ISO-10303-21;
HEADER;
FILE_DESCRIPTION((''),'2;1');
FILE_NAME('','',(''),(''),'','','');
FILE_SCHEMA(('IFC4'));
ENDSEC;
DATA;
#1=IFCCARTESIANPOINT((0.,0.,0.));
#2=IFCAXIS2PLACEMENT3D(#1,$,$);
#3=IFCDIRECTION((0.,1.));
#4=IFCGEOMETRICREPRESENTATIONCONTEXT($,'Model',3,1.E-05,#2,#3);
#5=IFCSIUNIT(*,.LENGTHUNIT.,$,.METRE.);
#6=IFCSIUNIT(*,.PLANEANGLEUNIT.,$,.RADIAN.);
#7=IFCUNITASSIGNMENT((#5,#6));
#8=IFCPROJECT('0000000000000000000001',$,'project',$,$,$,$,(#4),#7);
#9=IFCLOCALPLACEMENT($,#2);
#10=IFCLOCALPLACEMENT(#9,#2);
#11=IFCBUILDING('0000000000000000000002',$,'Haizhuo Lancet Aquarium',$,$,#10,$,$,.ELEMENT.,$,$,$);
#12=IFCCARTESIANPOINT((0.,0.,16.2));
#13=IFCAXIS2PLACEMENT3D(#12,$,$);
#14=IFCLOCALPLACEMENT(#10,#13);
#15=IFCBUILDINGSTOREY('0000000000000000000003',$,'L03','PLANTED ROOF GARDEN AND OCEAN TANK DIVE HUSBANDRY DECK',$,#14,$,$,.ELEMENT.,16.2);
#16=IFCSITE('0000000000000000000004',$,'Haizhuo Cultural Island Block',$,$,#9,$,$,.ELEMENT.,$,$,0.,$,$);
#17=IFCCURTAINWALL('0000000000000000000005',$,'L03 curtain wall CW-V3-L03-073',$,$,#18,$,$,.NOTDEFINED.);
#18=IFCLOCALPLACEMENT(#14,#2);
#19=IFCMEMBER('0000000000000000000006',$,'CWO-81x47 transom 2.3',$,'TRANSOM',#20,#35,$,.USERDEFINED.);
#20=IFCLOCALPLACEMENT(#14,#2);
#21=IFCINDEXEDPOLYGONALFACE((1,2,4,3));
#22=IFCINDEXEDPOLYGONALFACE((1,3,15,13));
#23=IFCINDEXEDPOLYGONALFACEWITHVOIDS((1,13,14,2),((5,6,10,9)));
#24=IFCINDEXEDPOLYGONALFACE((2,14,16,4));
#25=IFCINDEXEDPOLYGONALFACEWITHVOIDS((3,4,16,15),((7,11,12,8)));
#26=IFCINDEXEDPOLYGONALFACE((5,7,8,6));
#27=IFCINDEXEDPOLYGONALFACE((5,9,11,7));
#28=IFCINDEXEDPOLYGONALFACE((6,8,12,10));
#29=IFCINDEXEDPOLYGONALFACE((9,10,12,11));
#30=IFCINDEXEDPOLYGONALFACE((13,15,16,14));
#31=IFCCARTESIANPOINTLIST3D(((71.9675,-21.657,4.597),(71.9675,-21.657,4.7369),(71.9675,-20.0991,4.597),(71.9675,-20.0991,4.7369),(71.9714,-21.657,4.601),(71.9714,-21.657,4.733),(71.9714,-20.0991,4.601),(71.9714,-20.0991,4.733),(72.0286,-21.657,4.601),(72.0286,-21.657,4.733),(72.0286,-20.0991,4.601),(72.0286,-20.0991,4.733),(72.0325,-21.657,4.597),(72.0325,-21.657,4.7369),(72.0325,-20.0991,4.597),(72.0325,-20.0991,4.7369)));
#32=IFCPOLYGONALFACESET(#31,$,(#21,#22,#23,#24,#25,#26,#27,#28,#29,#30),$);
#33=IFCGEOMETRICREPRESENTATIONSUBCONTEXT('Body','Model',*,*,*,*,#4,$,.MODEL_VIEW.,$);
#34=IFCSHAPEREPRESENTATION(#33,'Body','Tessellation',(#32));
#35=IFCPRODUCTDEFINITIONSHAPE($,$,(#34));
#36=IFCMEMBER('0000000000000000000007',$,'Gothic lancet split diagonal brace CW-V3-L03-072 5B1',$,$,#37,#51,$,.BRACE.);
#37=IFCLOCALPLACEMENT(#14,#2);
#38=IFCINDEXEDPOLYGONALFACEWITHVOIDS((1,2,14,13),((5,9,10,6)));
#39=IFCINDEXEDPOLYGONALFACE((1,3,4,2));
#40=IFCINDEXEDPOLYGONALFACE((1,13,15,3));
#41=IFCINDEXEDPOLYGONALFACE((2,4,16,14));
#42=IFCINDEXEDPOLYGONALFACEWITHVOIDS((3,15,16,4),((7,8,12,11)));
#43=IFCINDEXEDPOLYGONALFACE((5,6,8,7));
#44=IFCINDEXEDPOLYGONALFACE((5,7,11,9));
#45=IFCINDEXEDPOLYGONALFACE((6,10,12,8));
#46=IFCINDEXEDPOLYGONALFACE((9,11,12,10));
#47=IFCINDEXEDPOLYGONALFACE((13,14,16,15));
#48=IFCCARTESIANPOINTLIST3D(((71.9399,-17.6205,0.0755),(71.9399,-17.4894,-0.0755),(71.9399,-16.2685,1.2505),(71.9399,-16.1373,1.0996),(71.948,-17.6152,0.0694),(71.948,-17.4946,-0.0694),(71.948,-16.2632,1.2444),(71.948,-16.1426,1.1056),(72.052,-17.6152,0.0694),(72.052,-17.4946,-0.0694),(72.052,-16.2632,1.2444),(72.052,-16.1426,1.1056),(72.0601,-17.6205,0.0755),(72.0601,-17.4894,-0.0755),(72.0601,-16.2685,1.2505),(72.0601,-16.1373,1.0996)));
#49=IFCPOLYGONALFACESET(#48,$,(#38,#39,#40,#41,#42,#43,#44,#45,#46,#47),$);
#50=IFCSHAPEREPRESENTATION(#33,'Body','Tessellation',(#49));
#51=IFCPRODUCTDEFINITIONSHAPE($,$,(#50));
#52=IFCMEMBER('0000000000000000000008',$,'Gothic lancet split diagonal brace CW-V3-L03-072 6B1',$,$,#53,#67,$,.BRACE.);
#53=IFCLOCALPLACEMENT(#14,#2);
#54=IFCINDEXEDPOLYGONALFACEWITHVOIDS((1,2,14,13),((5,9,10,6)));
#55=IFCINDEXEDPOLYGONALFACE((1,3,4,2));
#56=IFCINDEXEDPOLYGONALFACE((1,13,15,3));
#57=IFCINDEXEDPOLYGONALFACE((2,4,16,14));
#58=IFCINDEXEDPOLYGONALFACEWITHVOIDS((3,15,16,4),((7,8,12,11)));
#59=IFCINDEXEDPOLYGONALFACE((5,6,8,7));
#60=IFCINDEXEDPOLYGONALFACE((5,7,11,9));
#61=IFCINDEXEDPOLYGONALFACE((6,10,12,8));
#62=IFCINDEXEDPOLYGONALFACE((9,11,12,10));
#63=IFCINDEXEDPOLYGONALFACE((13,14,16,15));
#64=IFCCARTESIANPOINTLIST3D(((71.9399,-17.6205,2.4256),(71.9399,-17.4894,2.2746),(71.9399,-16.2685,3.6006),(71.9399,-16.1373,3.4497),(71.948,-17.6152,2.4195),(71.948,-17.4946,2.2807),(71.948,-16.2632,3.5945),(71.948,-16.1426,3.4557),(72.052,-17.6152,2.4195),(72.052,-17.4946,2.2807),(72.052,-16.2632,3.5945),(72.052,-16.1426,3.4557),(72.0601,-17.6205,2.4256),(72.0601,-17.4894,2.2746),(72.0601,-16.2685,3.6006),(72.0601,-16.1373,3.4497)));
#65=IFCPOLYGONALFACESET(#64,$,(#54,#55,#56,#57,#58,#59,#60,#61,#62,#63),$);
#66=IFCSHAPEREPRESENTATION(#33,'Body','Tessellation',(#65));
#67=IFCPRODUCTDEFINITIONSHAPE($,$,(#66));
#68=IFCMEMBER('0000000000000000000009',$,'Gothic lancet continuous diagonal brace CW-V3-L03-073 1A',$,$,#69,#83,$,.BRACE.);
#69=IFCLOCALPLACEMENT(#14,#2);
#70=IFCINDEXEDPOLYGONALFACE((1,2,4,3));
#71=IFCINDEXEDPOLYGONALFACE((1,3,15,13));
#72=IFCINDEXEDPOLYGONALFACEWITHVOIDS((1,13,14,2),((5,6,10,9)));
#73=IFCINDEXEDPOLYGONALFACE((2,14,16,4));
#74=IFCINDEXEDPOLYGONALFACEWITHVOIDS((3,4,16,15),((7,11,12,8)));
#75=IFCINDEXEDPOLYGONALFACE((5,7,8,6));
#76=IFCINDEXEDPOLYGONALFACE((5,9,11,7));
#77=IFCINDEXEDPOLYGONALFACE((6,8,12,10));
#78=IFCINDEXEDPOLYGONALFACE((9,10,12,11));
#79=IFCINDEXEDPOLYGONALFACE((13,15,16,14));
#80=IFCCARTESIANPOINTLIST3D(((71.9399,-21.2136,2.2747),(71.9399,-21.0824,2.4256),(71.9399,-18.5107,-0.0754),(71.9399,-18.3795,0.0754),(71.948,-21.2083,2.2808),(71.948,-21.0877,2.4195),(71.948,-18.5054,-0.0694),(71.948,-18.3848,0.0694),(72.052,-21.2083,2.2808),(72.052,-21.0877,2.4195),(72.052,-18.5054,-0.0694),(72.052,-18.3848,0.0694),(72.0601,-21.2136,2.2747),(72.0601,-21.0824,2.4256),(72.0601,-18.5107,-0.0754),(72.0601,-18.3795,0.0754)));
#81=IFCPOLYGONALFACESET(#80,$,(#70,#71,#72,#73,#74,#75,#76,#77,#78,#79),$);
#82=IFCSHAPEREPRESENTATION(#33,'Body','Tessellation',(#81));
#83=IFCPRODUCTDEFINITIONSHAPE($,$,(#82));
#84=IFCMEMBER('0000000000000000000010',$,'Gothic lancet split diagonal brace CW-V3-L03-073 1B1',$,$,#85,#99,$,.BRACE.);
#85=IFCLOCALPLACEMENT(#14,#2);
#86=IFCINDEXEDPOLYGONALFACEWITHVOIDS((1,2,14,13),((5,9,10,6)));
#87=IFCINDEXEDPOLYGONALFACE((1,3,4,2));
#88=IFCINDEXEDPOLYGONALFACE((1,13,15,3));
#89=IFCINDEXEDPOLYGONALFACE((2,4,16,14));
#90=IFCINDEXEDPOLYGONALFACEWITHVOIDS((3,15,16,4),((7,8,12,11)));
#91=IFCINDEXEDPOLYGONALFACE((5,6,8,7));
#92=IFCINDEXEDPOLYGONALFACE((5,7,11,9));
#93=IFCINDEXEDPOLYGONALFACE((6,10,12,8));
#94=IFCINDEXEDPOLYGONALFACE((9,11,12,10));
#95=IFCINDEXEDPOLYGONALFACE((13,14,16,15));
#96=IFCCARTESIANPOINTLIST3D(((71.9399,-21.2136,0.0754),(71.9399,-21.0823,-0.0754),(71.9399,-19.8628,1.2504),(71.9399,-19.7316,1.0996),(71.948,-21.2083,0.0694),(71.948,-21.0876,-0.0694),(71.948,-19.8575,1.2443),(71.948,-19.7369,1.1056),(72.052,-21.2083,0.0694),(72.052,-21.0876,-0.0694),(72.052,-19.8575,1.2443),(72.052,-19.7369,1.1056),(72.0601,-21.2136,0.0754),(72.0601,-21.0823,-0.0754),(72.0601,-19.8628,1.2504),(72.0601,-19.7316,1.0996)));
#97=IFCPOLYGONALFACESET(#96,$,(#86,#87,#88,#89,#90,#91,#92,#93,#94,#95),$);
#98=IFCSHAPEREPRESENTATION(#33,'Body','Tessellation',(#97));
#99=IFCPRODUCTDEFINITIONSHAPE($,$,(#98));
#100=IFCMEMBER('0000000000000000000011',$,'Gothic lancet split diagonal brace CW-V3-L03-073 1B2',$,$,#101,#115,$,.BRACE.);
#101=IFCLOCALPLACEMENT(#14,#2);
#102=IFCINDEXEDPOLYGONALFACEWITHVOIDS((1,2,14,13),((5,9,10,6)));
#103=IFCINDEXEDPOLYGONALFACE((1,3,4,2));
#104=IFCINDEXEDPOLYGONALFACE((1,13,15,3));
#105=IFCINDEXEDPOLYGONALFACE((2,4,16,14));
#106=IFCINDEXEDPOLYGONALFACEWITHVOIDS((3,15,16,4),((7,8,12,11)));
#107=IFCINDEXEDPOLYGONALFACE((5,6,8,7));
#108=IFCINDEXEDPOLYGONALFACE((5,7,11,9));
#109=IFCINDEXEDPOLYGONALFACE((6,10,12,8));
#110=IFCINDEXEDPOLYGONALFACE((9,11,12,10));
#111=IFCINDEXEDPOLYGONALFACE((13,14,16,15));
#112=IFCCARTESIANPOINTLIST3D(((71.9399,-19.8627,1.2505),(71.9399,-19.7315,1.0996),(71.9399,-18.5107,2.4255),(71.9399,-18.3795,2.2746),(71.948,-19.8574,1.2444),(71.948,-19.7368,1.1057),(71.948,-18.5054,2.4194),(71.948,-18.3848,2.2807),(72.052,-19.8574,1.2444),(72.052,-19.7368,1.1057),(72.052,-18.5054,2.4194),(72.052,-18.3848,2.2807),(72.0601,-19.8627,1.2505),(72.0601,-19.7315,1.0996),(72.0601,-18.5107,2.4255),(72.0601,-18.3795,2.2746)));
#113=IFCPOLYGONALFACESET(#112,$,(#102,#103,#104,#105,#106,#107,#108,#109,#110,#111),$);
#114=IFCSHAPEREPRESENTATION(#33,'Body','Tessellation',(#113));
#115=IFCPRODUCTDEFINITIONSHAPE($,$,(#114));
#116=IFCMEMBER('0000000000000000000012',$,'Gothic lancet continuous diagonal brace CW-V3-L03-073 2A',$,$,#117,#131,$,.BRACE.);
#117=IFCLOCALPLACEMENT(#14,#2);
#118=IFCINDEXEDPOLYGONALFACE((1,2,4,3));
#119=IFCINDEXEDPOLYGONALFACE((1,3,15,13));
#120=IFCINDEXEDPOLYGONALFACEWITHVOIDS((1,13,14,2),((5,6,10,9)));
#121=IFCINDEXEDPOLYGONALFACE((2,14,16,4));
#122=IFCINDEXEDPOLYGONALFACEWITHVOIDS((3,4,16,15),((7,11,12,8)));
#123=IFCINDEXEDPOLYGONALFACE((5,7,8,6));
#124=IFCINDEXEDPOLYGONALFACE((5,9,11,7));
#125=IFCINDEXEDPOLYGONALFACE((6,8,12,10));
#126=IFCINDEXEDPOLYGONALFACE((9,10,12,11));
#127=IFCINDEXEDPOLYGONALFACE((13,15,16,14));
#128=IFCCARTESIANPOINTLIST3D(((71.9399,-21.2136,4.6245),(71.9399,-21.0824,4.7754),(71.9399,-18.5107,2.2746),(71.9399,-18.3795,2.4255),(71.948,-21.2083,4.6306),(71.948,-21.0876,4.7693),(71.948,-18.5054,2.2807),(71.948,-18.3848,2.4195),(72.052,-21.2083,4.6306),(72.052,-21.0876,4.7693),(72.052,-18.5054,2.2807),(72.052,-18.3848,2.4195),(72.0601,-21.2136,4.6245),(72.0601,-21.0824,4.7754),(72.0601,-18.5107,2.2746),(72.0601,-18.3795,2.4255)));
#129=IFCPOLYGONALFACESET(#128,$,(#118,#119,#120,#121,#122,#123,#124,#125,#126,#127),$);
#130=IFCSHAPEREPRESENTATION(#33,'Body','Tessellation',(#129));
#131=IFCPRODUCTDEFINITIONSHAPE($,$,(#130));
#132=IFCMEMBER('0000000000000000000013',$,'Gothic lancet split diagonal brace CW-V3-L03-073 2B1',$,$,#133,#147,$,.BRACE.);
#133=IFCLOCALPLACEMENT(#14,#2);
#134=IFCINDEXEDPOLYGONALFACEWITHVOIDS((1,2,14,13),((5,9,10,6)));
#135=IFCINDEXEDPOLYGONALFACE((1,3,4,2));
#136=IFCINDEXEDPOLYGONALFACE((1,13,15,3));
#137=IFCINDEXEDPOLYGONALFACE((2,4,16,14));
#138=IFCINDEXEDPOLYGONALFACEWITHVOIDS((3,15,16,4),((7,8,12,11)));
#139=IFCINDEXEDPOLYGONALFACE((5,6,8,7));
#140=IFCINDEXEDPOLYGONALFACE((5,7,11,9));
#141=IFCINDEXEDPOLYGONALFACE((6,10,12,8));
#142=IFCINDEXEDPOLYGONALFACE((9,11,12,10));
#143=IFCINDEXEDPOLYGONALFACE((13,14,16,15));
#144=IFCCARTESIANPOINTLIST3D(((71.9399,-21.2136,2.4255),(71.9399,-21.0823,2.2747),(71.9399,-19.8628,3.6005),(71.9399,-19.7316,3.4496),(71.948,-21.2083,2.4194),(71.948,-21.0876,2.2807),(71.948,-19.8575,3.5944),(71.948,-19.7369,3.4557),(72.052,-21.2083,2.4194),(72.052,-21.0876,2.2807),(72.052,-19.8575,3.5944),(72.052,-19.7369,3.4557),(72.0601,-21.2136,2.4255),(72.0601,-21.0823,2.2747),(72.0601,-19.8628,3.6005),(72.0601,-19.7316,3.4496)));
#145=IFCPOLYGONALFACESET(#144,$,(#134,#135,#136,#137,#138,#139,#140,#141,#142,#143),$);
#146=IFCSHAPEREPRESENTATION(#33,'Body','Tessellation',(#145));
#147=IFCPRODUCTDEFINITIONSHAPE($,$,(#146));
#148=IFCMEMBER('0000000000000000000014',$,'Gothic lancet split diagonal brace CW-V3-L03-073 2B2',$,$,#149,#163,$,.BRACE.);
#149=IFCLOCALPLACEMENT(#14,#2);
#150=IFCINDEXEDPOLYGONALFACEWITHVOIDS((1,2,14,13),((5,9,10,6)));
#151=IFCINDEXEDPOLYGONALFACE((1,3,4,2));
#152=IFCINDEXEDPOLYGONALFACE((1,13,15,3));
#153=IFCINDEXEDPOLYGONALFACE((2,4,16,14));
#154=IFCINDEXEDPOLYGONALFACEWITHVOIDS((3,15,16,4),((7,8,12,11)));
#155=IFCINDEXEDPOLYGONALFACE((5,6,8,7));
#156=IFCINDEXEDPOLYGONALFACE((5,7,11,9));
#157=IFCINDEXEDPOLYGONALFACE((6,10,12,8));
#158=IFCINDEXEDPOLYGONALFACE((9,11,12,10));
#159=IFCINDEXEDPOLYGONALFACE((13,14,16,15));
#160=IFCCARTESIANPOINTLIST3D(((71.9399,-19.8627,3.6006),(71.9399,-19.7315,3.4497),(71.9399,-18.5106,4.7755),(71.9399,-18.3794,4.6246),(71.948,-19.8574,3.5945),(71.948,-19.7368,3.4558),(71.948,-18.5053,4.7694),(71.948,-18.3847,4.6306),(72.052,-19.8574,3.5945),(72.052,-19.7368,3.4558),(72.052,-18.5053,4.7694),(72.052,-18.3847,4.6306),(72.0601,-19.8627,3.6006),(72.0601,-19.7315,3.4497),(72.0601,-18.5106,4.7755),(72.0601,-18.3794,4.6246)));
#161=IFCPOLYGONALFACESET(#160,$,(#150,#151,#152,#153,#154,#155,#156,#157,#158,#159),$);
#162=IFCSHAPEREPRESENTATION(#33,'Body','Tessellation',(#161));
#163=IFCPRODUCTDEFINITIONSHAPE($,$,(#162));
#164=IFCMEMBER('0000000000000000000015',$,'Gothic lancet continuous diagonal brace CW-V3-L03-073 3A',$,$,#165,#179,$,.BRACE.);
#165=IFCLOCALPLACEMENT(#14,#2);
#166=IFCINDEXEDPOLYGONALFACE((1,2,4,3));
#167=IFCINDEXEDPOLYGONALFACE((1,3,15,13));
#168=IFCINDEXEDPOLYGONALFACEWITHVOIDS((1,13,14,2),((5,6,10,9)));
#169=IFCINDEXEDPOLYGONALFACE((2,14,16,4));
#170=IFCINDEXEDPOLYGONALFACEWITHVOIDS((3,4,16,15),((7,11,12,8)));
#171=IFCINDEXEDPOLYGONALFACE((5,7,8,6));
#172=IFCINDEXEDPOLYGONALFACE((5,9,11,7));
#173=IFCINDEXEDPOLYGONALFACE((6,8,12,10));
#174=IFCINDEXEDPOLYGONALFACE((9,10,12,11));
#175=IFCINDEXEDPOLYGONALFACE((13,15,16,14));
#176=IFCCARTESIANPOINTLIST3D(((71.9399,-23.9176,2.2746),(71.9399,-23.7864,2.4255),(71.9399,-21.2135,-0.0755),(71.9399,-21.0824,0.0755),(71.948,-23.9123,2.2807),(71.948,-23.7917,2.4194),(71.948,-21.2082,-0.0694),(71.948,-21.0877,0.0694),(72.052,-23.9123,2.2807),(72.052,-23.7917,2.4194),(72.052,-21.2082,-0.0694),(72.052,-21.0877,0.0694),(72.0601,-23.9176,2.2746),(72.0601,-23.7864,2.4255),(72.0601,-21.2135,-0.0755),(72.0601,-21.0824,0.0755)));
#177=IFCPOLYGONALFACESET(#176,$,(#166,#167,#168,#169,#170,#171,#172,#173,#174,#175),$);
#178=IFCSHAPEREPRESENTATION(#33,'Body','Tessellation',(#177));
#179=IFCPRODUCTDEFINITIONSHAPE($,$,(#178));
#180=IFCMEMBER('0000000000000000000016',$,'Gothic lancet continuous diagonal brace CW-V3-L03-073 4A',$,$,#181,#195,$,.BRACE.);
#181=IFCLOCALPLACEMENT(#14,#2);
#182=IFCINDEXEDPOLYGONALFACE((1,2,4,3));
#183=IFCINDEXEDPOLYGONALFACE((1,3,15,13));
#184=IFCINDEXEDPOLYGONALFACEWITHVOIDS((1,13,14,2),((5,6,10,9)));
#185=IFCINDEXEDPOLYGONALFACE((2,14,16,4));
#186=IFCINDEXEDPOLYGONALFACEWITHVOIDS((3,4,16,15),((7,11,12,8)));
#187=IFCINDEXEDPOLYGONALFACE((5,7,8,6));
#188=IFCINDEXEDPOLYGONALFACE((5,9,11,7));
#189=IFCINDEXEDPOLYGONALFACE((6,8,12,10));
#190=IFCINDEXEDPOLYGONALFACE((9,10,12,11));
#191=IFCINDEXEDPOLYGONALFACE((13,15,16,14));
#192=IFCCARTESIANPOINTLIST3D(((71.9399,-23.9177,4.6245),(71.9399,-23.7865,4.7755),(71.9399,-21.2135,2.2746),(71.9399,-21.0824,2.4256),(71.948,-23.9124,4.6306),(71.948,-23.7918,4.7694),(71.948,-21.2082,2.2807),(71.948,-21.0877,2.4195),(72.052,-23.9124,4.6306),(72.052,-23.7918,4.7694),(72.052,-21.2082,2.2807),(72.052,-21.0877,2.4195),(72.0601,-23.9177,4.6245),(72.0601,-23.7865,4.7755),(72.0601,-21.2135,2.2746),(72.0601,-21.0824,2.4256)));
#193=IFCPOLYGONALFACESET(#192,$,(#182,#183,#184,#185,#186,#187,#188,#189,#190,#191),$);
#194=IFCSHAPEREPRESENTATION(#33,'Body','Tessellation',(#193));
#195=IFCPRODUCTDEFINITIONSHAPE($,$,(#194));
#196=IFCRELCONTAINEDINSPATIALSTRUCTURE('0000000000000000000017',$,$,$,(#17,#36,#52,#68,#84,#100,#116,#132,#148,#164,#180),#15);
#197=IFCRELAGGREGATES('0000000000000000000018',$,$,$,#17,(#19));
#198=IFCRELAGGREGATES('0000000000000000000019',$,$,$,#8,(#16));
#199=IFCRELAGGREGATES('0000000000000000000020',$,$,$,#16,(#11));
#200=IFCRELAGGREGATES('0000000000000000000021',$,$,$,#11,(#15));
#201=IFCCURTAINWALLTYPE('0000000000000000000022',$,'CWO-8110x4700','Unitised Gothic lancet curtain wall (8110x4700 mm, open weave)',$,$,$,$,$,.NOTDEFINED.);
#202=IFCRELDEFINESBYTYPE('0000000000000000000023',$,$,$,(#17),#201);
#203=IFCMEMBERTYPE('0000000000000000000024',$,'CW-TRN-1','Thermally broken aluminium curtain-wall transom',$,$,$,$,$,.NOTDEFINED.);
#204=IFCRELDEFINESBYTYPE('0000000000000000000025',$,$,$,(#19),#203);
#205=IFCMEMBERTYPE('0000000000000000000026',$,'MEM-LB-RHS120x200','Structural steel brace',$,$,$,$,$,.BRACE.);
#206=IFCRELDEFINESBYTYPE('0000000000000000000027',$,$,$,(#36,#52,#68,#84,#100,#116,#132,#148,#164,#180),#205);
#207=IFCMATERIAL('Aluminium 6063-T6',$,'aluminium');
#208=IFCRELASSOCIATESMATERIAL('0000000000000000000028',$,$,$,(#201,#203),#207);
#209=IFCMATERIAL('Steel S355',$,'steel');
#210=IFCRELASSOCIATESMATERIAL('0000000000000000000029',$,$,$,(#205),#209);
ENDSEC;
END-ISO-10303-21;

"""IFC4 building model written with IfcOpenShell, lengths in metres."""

from ifc_helpers import new_model, si_unit, direction, frame, origin, origin_2d, place, context, subcontext, project, spatial, hollow_rectangle, extrude, material, material_profile, profile_set, type_object, element, aggregate, save


model = new_model("IFC4")

# Units and contexts
model_context = context("Model", 3, precision=1e-05, world=origin(), true_north=direction((0.0, 1.0)))
body_context = subcontext(model_context, "Body", "Model", "MODEL_VIEW")
ifc_project = project(units=[si_unit("LENGTHUNIT", "METRE"), si_unit("PLANEANGLEUNIT", "RADIAN")], contexts=[model_context])

# Site, building, storey
site_placement = place(None, origin())
site = spatial("IfcSite", under=ifc_project, at=site_placement, Name="Haizhuo Cultural Island Block", CompositionType="ELEMENT", RefElevation=0.0)
building_placement = place(site_placement, origin())
building = spatial("IfcBuilding", under=site, at=building_placement, Name="Haizhuo Lancet Aquarium", CompositionType="ELEMENT")
storey_placement = place(building_placement, frame((0.0, 0.0, 16.2)))
storey = spatial("IfcBuildingStorey", under=building, at=storey_placement, Name="L03", Description="PLANTED ROOF GARDEN AND OCEAN TANK DIVE HUSBANDRY DECK", CompositionType="ELEMENT", Elevation=16.2)

# Curtain wall
ifc_material_1 = material(Name="Aluminium 6063-T6", Category="aluminium")
curtain_wall_type = type_object("IfcCurtainWallType", Name="CWO-8110x4700", Description="Unitised Gothic lancet curtain wall (8110x4700 mm, open weave)", PredefinedType="NOTDEFINED", material=ifc_material_1)
curtain_wall_1_placement = place(storey_placement, origin())
curtain_wall_1 = element("IfcCurtainWall", 1, at=curtain_wall_1_placement, inside=storey, type_object=curtain_wall_type, Name="L03 curtain wall CW-V3-L03-073", PredefinedType="NOTDEFINED")

# Member
ifc_material_profile_1 = material_profile(ifc_material_1, hollow_rectangle(XDim=0.0649, YDim=0.1399, WallThickness=0.0039, at=origin_2d()), Name="ALU-T 65x140x4")
ifc_profile_set_1 = profile_set([ifc_material_profile_1], Name="Aluminium 6063-T6")
member_type_1 = type_object("IfcMemberType", Name="CW-TRN-1", Description="Thermally broken aluminium curtain-wall transom", PredefinedType="NOTDEFINED", material=ifc_profile_set_1)
member_1_placement = place(storey_placement, frame((72.0, -20.0991, 4.667), z_axis=(0.0, -1.0, 0.0), x_axis=(1.0, 0.0, 0.0)))
member_1 = element("IfcMember", 2, at=member_1_placement, type_object=member_type_1, Name="CWO-81x47 transom 2.3", ObjectType="TRANSOM", PredefinedType="USERDEFINED", context=body_context, shape_type="SweptSolid", body=[
    extrude(hollow_rectangle(XDim=0.0649, YDim=0.1399, WallThickness=0.0039, at=origin_2d()), origin(), (0.0, 0.0, 1.0), 1.5579),
])

# Members
ifc_material_2 = material(Name="Steel S355", Category="steel")
ifc_material_profile_2 = material_profile(ifc_material_2, hollow_rectangle(XDim=0.1201, YDim=0.2, WallThickness=0.0081, at=origin_2d()), Name="RHS 120x200x8")
ifc_profile_set_2 = profile_set([ifc_material_profile_2], Name="Steel S355")
member_type_2 = type_object("IfcMemberType", Name="MEM-LB-RHS120x200", Description="Structural steel brace", PredefinedType="BRACE", material=ifc_profile_set_2)
for number, where, z_axis, x_axis, name in (
    (3, (72.0, -17.5549, 0.0), (0.0, 0.754784, 0.655973), (-1.0, 0.0, 0.0), "Gothic lancet split diagonal brace CW-V3-L03-072 5B1"),
    (4, (72.0, -17.5549, 2.3501), (0.0, 0.754784, 0.655973), (-1.0, 0.0, 0.0), "Gothic lancet split diagonal brace CW-V3-L03-072 6B1"),
):
    element("IfcMember", number, at=place(storey_placement, frame(where, z_axis=z_axis, x_axis=x_axis)), inside=storey, type_object=member_type_2, Name=name, PredefinedType="BRACE", context=body_context, shape_type="SweptSolid", body=[
        extrude(hollow_rectangle(XDim=0.1201, YDim=0.2, WallThickness=0.0081, at=origin_2d()), origin(), (0.0, 0.0, 1.0), 1.7913),
    ])
member_2_placement = place(storey_placement, frame((72.0, -18.4451, 0.0), z_axis=(0.0, -0.754638, 0.656142), x_axis=(1.0, 0.0, 0.0)))
element("IfcMember", 5, at=member_2_placement, inside=storey, type_object=member_type_2, Name="Gothic lancet continuous diagonal brace CW-V3-L03-073 1A", PredefinedType="BRACE", context=body_context, shape_type="SweptSolid", body=[
    extrude(hollow_rectangle(XDim=0.1201, YDim=0.2, WallThickness=0.0081, at=origin_2d()), origin(), (0.0, 0.0, 1.0), 3.5818),
])
member_3_placement = place(storey_placement, frame((72.0, -21.1479, 0.0), z_axis=(0.0, 0.754491, 0.65631), x_axis=(-1.0, 0.0, 0.0)))
element("IfcMember", 6, at=member_3_placement, inside=storey, type_object=member_type_2, Name="Gothic lancet split diagonal brace CW-V3-L03-073 1B1", PredefinedType="BRACE", context=body_context, shape_type="SweptSolid", body=[
    extrude(hollow_rectangle(XDim=0.1201, YDim=0.2, WallThickness=0.0081, at=origin_2d()), origin(), (0.0, 0.0, 1.0), 1.7903),
])
member_4_placement = place(storey_placement, frame((72.0, -19.7971, 1.175), z_axis=(0.0, 0.754784, 0.655973), x_axis=(-1.0, 0.0, 0.0)))
element("IfcMember", 7, at=member_4_placement, inside=storey, type_object=member_type_2, Name="Gothic lancet split diagonal brace CW-V3-L03-073 1B2", PredefinedType="BRACE", context=body_context, shape_type="SweptSolid", body=[
    extrude(hollow_rectangle(XDim=0.1201, YDim=0.2, WallThickness=0.0081, at=origin_2d()), origin(), (0.0, 0.0, 1.0), 1.7913),
])
member_5_placement = place(storey_placement, frame((72.0, -18.4451, 2.3501), z_axis=(0.0, -0.754672, 0.656103), x_axis=(1.0, 0.0, 0.0)))
element("IfcMember", 8, at=member_5_placement, inside=storey, type_object=member_type_2, Name="Gothic lancet continuous diagonal brace CW-V3-L03-073 2A", PredefinedType="BRACE", context=body_context, shape_type="SweptSolid", body=[
    extrude(hollow_rectangle(XDim=0.1201, YDim=0.2, WallThickness=0.0081, at=origin_2d()), origin(), (0.0, 0.0, 1.0), 3.5815),
])
member_6_placement = place(storey_placement, frame((72.0, -21.1479, 2.3501), z_axis=(0.0, 0.754491, 0.65631), x_axis=(-1.0, 0.0, 0.0)))
element("IfcMember", 9, at=member_6_placement, inside=storey, type_object=member_type_2, Name="Gothic lancet split diagonal brace CW-V3-L03-073 2B1", PredefinedType="BRACE", context=body_context, shape_type="SweptSolid", body=[
    extrude(hollow_rectangle(XDim=0.1201, YDim=0.2, WallThickness=0.0081, at=origin_2d()), origin(), (0.0, 0.0, 1.0), 1.7903),
])
member_7_placement = place(storey_placement, frame((72.0, -19.7971, 3.5251), z_axis=(0.0, 0.754852, 0.655895), x_axis=(-1.0, 0.0, 0.0)))
element("IfcMember", 10, at=member_7_placement, inside=storey, type_object=member_type_2, Name="Gothic lancet split diagonal brace CW-V3-L03-073 2B2", PredefinedType="BRACE", context=body_context, shape_type="SweptSolid", body=[
    extrude(hollow_rectangle(XDim=0.1201, YDim=0.2, WallThickness=0.0081, at=origin_2d()), origin(), (0.0, 0.0, 1.0), 1.7913),
])
for number, where, z_axis, x_axis, name in (
    (11, (72.0, -21.1479, 0.0), (0.0, -0.754784, 0.655973), (1.0, 0.0, 0.0), "Gothic lancet continuous diagonal brace CW-V3-L03-073 3A"),
    (12, (72.0, -21.1479, 2.3501), (0.0, -0.754818, 0.655934), (1.0, 0.0, 0.0), "Gothic lancet continuous diagonal brace CW-V3-L03-073 4A"),
):
    element("IfcMember", number, at=place(storey_placement, frame(where, z_axis=z_axis, x_axis=x_axis)), inside=storey, type_object=member_type_2, Name=name, PredefinedType="BRACE", context=body_context, shape_type="SweptSolid", body=[
        extrude(hollow_rectangle(XDim=0.1201, YDim=0.2, WallThickness=0.0081, at=origin_2d()), origin(), (0.0, 0.0, 1.0), 3.5825),
    ])

aggregate(curtain_wall_1, [member_1])

save(model, "model.ifc")
